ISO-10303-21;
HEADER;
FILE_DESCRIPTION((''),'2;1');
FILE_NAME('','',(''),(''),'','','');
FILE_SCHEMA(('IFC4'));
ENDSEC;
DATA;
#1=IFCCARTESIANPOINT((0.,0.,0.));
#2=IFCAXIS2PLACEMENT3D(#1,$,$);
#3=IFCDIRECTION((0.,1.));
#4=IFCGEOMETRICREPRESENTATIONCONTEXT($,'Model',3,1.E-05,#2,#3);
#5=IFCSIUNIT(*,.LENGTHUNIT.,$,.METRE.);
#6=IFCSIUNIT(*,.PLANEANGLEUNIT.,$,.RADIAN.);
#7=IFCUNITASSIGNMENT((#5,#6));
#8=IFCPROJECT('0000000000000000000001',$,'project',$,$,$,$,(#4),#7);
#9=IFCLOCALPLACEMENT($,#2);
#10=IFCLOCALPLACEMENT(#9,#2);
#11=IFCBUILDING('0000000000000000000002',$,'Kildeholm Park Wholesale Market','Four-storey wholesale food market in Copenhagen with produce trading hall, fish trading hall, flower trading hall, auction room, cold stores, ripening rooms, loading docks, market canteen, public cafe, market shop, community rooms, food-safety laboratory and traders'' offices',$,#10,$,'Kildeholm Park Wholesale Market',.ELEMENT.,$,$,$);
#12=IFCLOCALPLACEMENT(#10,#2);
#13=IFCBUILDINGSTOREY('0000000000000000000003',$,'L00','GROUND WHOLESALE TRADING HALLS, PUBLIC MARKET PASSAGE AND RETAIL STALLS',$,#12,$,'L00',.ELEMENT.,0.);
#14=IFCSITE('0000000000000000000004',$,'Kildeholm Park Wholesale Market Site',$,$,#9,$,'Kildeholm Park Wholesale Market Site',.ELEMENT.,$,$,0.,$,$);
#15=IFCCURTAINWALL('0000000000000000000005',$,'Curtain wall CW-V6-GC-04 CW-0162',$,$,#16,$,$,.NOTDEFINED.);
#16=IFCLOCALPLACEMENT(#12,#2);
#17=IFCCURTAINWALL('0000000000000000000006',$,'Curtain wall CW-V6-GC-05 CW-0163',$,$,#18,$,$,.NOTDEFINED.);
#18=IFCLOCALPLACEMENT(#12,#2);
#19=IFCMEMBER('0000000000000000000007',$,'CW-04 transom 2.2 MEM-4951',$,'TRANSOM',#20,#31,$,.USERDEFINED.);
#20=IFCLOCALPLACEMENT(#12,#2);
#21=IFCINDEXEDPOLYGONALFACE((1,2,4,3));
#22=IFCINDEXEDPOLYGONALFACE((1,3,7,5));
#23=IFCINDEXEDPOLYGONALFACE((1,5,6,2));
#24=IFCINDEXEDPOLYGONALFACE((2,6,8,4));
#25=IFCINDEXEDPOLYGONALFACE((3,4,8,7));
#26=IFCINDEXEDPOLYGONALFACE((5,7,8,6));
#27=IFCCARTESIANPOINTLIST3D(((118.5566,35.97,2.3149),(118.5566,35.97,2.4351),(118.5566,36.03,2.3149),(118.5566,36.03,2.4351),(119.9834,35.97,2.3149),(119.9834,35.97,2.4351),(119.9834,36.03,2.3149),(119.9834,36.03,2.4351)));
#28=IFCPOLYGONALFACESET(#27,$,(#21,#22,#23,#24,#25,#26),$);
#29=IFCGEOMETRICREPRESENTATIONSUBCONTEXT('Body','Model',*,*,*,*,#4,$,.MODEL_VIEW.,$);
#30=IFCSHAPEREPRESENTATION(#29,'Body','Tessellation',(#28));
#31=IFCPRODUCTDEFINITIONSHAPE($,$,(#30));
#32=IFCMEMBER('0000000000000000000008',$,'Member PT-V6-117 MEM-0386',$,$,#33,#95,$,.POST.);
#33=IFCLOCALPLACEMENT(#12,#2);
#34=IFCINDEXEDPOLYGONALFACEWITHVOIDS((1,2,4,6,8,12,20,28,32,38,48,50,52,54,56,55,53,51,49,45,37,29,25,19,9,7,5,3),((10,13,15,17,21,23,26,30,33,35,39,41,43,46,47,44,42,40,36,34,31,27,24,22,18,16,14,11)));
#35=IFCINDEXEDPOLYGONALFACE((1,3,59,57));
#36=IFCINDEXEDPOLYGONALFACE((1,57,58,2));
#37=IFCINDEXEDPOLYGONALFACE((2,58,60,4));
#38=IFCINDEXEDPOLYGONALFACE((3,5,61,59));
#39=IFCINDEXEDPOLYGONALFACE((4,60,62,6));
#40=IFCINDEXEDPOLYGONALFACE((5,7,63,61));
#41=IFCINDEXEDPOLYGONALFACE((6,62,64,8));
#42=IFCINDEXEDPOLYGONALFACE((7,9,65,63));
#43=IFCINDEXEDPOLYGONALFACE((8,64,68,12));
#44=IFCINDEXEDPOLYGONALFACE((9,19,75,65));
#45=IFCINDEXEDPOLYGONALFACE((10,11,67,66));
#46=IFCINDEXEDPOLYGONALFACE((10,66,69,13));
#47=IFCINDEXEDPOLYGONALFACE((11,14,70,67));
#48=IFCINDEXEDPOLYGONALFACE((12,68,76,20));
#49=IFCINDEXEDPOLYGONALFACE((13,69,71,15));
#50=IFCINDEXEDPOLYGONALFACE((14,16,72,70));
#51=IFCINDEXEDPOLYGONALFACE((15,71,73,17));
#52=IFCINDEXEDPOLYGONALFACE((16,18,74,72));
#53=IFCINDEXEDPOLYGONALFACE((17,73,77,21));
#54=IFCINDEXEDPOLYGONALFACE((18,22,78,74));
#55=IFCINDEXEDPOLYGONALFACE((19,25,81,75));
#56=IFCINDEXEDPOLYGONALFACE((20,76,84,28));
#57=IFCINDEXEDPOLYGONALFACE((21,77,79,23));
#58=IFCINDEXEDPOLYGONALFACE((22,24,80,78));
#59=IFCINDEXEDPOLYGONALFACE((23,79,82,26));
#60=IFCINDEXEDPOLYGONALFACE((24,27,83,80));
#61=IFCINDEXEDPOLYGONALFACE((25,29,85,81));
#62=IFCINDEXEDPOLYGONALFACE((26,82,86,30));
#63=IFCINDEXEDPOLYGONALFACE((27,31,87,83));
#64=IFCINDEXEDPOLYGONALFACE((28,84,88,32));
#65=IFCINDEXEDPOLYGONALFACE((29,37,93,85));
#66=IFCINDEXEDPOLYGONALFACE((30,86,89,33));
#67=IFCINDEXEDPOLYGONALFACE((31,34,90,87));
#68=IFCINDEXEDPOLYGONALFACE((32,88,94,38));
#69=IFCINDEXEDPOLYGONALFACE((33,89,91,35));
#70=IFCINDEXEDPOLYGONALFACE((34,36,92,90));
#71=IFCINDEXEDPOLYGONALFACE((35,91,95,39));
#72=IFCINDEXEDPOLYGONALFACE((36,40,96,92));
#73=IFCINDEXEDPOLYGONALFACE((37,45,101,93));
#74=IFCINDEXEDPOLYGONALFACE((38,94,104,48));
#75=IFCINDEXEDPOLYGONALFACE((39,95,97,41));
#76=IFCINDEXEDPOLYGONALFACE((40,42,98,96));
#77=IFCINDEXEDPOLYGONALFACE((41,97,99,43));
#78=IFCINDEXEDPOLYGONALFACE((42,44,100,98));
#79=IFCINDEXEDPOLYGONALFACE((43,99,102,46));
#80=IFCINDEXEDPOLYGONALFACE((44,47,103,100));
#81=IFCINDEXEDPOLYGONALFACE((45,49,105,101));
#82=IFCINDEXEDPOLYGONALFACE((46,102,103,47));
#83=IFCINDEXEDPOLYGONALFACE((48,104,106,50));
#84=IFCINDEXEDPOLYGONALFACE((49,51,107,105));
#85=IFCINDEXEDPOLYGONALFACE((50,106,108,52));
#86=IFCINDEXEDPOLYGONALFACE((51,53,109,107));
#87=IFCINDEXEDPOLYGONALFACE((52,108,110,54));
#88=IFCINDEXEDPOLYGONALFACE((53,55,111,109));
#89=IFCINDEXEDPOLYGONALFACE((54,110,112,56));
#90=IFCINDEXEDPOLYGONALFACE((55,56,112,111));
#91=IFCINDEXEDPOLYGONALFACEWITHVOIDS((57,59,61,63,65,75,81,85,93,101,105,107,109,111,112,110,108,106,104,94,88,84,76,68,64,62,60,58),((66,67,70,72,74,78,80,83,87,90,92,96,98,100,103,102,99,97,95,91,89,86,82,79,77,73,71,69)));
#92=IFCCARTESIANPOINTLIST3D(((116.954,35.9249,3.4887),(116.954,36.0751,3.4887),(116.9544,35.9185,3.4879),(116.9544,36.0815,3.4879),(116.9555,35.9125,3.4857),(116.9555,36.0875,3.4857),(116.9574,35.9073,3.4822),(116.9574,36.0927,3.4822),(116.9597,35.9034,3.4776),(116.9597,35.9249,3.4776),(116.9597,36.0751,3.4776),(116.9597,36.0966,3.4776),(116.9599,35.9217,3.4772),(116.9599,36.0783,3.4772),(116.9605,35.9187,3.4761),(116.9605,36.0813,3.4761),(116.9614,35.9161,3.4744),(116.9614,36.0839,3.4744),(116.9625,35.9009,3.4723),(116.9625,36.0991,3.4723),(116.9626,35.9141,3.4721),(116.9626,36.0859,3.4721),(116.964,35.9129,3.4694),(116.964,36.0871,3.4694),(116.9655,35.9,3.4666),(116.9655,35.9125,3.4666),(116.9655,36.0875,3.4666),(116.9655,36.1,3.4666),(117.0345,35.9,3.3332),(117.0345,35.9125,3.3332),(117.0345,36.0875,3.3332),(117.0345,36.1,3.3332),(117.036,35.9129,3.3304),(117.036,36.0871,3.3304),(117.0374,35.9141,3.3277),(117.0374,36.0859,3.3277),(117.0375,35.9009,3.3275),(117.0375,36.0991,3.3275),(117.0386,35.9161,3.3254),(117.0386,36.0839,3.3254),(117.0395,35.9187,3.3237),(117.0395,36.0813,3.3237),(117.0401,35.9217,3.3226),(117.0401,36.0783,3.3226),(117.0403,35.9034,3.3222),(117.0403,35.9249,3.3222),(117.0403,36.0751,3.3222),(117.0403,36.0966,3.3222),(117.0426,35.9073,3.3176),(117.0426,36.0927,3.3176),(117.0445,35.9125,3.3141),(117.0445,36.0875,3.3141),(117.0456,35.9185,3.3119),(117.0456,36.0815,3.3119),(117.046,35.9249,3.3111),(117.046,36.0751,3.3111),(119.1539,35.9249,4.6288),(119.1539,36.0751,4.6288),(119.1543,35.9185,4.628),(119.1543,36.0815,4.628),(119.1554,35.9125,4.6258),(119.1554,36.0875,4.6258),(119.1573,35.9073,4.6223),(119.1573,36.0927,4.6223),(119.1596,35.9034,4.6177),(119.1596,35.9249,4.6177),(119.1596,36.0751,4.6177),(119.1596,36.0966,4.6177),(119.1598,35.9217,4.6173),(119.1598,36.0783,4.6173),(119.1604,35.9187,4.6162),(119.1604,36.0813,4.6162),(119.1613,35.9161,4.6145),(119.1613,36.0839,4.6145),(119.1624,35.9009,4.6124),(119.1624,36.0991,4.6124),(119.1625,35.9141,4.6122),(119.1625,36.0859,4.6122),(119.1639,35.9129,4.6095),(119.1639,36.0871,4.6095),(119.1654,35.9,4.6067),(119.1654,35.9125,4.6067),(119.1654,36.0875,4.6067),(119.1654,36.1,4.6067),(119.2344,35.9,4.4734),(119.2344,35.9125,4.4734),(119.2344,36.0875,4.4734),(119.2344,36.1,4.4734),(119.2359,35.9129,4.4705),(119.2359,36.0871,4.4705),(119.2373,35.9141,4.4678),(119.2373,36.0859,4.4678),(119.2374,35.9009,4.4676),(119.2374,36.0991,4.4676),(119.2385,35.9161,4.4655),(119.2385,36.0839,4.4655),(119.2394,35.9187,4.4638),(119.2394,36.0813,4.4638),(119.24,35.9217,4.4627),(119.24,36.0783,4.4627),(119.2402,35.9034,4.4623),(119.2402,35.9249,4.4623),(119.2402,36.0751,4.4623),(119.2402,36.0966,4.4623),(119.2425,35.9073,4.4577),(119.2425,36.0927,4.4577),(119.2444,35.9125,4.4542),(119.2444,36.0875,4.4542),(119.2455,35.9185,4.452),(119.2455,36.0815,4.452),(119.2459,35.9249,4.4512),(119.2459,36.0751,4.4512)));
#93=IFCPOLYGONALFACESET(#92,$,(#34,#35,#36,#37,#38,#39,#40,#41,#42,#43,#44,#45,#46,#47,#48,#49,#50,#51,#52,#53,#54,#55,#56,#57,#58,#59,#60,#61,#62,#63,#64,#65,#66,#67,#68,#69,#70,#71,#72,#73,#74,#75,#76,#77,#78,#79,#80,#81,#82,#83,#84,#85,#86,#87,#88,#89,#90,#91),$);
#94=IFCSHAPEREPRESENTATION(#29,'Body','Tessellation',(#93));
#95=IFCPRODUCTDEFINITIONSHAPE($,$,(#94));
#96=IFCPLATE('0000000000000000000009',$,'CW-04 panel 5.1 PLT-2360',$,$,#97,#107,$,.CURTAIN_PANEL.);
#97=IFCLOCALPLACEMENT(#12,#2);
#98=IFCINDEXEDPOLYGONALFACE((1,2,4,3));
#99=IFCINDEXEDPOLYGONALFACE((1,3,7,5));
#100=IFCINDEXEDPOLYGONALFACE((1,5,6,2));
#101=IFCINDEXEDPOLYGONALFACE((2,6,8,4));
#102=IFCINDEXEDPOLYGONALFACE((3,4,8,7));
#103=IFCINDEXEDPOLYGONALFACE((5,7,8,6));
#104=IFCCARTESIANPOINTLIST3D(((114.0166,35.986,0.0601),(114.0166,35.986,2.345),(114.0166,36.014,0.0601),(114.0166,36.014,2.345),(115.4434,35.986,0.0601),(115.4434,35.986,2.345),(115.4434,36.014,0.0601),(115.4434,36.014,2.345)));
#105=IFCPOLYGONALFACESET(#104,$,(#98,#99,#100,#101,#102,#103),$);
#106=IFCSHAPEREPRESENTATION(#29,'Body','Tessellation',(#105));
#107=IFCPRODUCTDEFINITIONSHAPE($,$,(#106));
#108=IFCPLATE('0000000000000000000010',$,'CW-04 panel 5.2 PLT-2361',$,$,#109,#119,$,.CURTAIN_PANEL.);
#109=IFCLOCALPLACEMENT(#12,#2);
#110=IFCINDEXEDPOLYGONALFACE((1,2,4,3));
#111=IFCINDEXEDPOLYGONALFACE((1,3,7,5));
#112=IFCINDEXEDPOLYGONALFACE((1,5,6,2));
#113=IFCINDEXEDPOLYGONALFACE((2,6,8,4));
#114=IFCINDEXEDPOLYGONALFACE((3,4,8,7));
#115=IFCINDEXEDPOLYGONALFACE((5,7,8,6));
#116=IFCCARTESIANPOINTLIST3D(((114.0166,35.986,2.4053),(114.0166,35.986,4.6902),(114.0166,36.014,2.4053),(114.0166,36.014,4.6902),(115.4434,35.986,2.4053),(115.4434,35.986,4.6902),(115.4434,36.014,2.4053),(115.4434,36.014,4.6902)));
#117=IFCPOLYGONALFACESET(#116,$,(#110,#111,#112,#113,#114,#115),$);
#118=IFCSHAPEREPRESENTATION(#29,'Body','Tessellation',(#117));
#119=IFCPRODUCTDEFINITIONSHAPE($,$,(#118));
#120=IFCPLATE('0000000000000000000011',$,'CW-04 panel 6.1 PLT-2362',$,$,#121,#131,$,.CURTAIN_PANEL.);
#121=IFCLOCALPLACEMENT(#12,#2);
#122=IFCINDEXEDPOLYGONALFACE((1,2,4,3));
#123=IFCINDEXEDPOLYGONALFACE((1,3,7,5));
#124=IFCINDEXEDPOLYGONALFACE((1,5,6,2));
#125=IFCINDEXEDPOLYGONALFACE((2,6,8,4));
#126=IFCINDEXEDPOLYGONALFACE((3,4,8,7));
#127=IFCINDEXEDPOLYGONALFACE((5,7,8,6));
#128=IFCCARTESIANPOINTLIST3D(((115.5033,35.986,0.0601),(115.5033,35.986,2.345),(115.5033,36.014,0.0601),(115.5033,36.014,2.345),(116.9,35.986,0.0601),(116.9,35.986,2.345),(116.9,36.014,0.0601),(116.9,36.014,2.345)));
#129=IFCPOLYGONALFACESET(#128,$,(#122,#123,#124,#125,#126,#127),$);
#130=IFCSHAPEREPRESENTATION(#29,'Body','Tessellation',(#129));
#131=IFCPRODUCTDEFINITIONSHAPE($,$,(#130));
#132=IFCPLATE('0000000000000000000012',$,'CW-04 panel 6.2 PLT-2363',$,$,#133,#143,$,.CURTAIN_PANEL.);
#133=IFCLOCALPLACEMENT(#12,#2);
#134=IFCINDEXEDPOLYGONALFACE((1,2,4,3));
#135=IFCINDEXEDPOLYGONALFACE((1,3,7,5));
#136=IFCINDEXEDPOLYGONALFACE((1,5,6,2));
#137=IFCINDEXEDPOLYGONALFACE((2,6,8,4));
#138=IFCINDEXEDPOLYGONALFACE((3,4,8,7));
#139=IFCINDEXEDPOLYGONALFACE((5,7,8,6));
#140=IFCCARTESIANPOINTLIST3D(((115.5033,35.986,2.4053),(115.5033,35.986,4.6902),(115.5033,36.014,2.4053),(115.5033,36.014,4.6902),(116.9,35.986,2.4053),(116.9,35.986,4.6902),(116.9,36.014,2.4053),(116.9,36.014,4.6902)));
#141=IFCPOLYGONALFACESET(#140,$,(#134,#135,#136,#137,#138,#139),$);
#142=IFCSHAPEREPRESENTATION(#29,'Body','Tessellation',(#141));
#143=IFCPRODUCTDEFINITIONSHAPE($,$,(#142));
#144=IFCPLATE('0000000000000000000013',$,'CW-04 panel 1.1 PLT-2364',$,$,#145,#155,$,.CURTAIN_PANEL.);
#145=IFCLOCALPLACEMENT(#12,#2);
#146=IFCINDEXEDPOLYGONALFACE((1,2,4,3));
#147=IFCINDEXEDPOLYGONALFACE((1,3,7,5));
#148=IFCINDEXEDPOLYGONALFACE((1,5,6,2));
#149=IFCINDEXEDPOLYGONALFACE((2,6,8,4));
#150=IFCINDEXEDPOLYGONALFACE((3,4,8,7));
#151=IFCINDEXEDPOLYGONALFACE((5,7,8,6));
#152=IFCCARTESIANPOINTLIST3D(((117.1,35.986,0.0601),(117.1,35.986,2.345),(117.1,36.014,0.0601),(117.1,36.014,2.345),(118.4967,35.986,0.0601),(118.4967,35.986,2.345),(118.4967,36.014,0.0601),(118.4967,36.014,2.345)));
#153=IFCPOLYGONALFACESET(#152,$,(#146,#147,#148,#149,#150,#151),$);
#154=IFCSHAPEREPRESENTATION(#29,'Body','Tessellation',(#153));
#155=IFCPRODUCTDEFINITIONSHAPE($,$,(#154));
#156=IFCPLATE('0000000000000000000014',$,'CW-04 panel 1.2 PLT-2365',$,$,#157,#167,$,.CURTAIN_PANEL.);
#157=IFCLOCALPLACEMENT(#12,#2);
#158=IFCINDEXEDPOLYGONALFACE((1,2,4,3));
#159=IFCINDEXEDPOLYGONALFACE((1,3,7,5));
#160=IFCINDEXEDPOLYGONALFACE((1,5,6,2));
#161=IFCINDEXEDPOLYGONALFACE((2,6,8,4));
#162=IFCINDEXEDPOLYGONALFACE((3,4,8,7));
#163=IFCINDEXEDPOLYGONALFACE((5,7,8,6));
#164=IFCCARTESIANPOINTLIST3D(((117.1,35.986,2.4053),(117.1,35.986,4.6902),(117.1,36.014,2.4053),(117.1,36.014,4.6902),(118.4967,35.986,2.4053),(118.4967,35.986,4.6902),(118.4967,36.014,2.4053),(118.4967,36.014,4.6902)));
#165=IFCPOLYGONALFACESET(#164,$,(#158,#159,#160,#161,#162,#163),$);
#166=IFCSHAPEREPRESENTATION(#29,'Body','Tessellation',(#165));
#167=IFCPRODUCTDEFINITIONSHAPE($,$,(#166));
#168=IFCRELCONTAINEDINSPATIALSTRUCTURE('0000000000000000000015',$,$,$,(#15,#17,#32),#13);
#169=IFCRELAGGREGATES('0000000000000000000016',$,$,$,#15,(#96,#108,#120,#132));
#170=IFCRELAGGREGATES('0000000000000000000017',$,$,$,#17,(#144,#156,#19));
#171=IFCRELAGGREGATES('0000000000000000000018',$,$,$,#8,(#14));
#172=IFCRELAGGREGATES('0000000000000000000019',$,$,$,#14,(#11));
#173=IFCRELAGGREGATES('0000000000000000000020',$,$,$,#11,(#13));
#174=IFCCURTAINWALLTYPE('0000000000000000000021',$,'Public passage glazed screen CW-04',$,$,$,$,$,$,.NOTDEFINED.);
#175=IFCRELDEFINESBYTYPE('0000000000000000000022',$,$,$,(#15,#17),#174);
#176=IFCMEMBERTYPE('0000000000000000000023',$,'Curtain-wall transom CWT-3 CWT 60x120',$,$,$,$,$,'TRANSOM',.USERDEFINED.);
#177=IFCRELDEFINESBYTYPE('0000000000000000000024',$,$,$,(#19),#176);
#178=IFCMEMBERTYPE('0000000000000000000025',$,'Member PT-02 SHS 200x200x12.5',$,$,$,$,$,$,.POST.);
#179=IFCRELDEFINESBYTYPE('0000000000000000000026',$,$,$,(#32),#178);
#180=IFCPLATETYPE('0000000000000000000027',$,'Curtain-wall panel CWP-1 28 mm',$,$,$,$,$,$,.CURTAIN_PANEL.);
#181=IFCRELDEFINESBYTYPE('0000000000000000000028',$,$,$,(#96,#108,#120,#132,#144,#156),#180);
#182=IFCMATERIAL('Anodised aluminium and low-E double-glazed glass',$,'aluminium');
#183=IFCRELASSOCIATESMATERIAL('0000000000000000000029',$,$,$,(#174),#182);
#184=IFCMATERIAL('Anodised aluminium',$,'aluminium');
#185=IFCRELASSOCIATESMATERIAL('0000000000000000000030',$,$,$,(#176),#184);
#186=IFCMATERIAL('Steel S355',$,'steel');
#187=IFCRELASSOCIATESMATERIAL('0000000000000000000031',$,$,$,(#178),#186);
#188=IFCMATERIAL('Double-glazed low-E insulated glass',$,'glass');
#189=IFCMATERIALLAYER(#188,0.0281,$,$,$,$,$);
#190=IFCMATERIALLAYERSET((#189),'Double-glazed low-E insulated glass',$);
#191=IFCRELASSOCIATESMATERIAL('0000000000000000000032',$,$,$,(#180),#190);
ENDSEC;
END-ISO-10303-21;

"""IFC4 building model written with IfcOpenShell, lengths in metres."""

from ifc_helpers import new_model, si_unit, direction, frame, origin, origin_2d, place, context, subcontext, project, spatial, rectangle, hollow_rectangle, extrude, material, layer, layer_set, material_profile, profile_set, type_object, element, aggregate, save


model = new_model("IFC4")

# Units and contexts
model_context = context("Model", 3, precision=1e-05, world=origin(), true_north=direction((0.0, 1.0)))
body_context = subcontext(model_context, "Body", "Model", "MODEL_VIEW")
ifc_project = project(units=[si_unit("LENGTHUNIT", "METRE"), si_unit("PLANEANGLEUNIT", "RADIAN")], contexts=[model_context])

# Site, building, storey
site_placement = place(None, origin())
site = spatial("IfcSite", under=ifc_project, at=site_placement, Name="Kildeholm Park Wholesale Market Site", LongName="Kildeholm Park Wholesale Market Site", CompositionType="ELEMENT", RefElevation=0.0)
building_placement = place(site_placement, origin())
building = spatial("IfcBuilding", under=site, at=building_placement, Name="Kildeholm Park Wholesale Market", Description="Four-storey wholesale food market in Copenhagen with produce trading hall, fish trading hall, flower trading hall, auction room, cold stores, ripening rooms, loading docks, market canteen, public cafe, market shop, community rooms, food-safety laboratory and traders' offices", LongName="Kildeholm Park Wholesale Market", CompositionType="ELEMENT")
storey_placement = place(building_placement, origin())
storey = spatial("IfcBuildingStorey", under=building, at=storey_placement, Name="L00", Description="GROUND WHOLESALE TRADING HALLS, PUBLIC MARKET PASSAGE AND RETAIL STALLS", LongName="L00", CompositionType="ELEMENT", Elevation=0.0)

# Shared definitions
ifc_material_1 = material(Name="Steel S355", Category="steel")

# Curtain walls
ifc_material_2 = material(Name="Anodised aluminium and low-E double-glazed glass", Category="aluminium")
curtain_wall_type = type_object("IfcCurtainWallType", Name="Public passage glazed screen CW-04", PredefinedType="NOTDEFINED", material=ifc_material_2)
curtain_wall_1_placement = place(storey_placement, origin())
curtain_wall_1 = element("IfcCurtainWall", 1, at=curtain_wall_1_placement, inside=storey, type_object=curtain_wall_type, Name="Curtain wall CW-V6-GC-04 CW-0162", PredefinedType="NOTDEFINED")
ifc_material_3 = material(Name="Anodised aluminium", Category="aluminium")
curtain_wall_2_placement = place(storey_placement, origin())
curtain_wall_2 = element("IfcCurtainWall", 2, at=curtain_wall_2_placement, inside=storey, type_object=curtain_wall_type, Name="Curtain wall CW-V6-GC-05 CW-0163", PredefinedType="NOTDEFINED")

# Members
ifc_material_profile_1 = material_profile(ifc_material_3, rectangle(XDim=0.0601, YDim=0.1201, at=origin_2d()), Name="CWT 60x120")
ifc_profile_set_1 = profile_set([ifc_material_profile_1], Name="Anodised aluminium")
member_type_1 = type_object("IfcMemberType", Name="Curtain-wall transom CWT-3 CWT 60x120", ElementType="TRANSOM", PredefinedType="USERDEFINED", material=ifc_profile_set_1)
member_1_placement = place(storey_placement, frame((118.5566, 36.0, 2.375), z_axis=(1.0, 0.0, 0.0), x_axis=(0.0, 1.0, 0.0)))
member_1 = element("IfcMember", 3, at=member_1_placement, type_object=member_type_1, Name="CW-04 transom 2.2 MEM-4951", ObjectType="TRANSOM", PredefinedType="USERDEFINED", context=body_context, shape_type="SweptSolid", body=[
    extrude(rectangle(XDim=0.0601, YDim=0.1201, at=origin_2d()), origin(), (0.0, 0.0, 1.0), 1.4268),
])
ifc_material_profile_2 = material_profile(ifc_material_1, hollow_rectangle(XDim=0.2, YDim=0.2, WallThickness=0.0125, InnerFilletRadius=0.0125, OuterFilletRadius=0.0249, at=origin_2d()), Name="SHS 200x200x12.5")
ifc_profile_set_2 = profile_set([ifc_material_profile_2], Name="Steel S355")
member_type_2 = type_object("IfcMemberType", Name="Member PT-02 SHS 200x200x12.5", PredefinedType="POST", material=ifc_profile_set_2)
member_2_placement = place(storey_placement, frame((117.0, 36.0, 3.3999), z_axis=(0.88785, 0.0, 0.460133), x_axis=(0.0, 1.0, 0.0)))
element("IfcMember", 4, at=member_2_placement, inside=storey, type_object=member_type_2, Name="Member PT-V6-117 MEM-0386", PredefinedType="POST", context=body_context, shape_type="SweptSolid", body=[
    extrude(hollow_rectangle(XDim=0.2, YDim=0.2, WallThickness=0.0125, InnerFilletRadius=0.0125, OuterFilletRadius=0.0249, at=origin_2d()), origin(), (0.0, 0.0, 1.0), 2.4778),
])

# Plates
ifc_material_4 = material(Name="Double-glazed low-E insulated glass", Category="glass")
ifc_layer_1 = layer(ifc_material_4, 0.0281)
ifc_layer_set_1 = layer_set([ifc_layer_1], Name="Double-glazed low-E insulated glass")
plate_type = type_object("IfcPlateType", Name="Curtain-wall panel CWP-1 28 mm", PredefinedType="CURTAIN_PANEL", material=ifc_layer_set_1)
plate_1_placement = place(storey_placement, frame((114.73, 36.0, 0.0601), z_axis=(0.0, 0.0, 1.0), x_axis=(1.0, 0.0, 0.0)))
plate_1 = element("IfcPlate", 5, at=plate_1_placement, type_object=plate_type, Name="CW-04 panel 5.1 PLT-2360", PredefinedType="CURTAIN_PANEL", context=body_context, shape_type="SweptSolid", body=[
    extrude(rectangle(XDim=1.4268, YDim=0.0281, at=origin_2d()), origin(), (0.0, 0.0, 1.0), 2.2849),
])
plate_2_placement = place(storey_placement, frame((114.73, 36.0, 2.4053), z_axis=(0.0, 0.0, 1.0), x_axis=(1.0, 0.0, 0.0)))
plate_2 = element("IfcPlate", 6, at=plate_2_placement, type_object=plate_type, Name="CW-04 panel 5.2 PLT-2361", PredefinedType="CURTAIN_PANEL", context=body_context, shape_type="SweptSolid", body=[
    extrude(rectangle(XDim=1.4268, YDim=0.0281, at=origin_2d()), origin(), (0.0, 0.0, 1.0), 2.2849),
])
plate_3_placement = place(storey_placement, frame((116.2017, 36.0, 0.0601), z_axis=(0.0, 0.0, 1.0), x_axis=(1.0, 0.0, 0.0)))
plate_3 = element("IfcPlate", 7, at=plate_3_placement, type_object=plate_type, Name="CW-04 panel 6.1 PLT-2362", PredefinedType="CURTAIN_PANEL", context=body_context, shape_type="SweptSolid", body=[
    extrude(rectangle(XDim=1.3967, YDim=0.0281, at=origin_2d()), origin(), (0.0, 0.0, 1.0), 2.2849),
])
plate_4_placement = place(storey_placement, frame((116.2017, 36.0, 2.4053), z_axis=(0.0, 0.0, 1.0), x_axis=(1.0, 0.0, 0.0)))
plate_4 = element("IfcPlate", 8, at=plate_4_placement, type_object=plate_type, Name="CW-04 panel 6.2 PLT-2363", PredefinedType="CURTAIN_PANEL", context=body_context, shape_type="SweptSolid", body=[
    extrude(rectangle(XDim=1.3967, YDim=0.0281, at=origin_2d()), origin(), (0.0, 0.0, 1.0), 2.2849),
])
aggregate(curtain_wall_1, [plate_1, plate_2, plate_3, plate_4])
plate_5_placement = place(storey_placement, frame((117.7983, 36.0, 0.0601), z_axis=(0.0, 0.0, 1.0), x_axis=(1.0, 0.0, 0.0)))
plate_5 = element("IfcPlate", 9, at=plate_5_placement, type_object=plate_type, Name="CW-04 panel 1.1 PLT-2364", PredefinedType="CURTAIN_PANEL", context=body_context, shape_type="SweptSolid", body=[
    extrude(rectangle(XDim=1.3967, YDim=0.0281, at=origin_2d()), origin(), (0.0, 0.0, 1.0), 2.2849),
])
plate_6_placement = place(storey_placement, frame((117.7983, 36.0, 2.4053), z_axis=(0.0, 0.0, 1.0), x_axis=(1.0, 0.0, 0.0)))
plate_6 = element("IfcPlate", 10, at=plate_6_placement, type_object=plate_type, Name="CW-04 panel 1.2 PLT-2365", PredefinedType="CURTAIN_PANEL", context=body_context, shape_type="SweptSolid", body=[
    extrude(rectangle(XDim=1.3967, YDim=0.0281, at=origin_2d()), origin(), (0.0, 0.0, 1.0), 2.2849),
])
aggregate(curtain_wall_2, [plate_5, plate_6, member_1])

save(model, "model.ifc")
